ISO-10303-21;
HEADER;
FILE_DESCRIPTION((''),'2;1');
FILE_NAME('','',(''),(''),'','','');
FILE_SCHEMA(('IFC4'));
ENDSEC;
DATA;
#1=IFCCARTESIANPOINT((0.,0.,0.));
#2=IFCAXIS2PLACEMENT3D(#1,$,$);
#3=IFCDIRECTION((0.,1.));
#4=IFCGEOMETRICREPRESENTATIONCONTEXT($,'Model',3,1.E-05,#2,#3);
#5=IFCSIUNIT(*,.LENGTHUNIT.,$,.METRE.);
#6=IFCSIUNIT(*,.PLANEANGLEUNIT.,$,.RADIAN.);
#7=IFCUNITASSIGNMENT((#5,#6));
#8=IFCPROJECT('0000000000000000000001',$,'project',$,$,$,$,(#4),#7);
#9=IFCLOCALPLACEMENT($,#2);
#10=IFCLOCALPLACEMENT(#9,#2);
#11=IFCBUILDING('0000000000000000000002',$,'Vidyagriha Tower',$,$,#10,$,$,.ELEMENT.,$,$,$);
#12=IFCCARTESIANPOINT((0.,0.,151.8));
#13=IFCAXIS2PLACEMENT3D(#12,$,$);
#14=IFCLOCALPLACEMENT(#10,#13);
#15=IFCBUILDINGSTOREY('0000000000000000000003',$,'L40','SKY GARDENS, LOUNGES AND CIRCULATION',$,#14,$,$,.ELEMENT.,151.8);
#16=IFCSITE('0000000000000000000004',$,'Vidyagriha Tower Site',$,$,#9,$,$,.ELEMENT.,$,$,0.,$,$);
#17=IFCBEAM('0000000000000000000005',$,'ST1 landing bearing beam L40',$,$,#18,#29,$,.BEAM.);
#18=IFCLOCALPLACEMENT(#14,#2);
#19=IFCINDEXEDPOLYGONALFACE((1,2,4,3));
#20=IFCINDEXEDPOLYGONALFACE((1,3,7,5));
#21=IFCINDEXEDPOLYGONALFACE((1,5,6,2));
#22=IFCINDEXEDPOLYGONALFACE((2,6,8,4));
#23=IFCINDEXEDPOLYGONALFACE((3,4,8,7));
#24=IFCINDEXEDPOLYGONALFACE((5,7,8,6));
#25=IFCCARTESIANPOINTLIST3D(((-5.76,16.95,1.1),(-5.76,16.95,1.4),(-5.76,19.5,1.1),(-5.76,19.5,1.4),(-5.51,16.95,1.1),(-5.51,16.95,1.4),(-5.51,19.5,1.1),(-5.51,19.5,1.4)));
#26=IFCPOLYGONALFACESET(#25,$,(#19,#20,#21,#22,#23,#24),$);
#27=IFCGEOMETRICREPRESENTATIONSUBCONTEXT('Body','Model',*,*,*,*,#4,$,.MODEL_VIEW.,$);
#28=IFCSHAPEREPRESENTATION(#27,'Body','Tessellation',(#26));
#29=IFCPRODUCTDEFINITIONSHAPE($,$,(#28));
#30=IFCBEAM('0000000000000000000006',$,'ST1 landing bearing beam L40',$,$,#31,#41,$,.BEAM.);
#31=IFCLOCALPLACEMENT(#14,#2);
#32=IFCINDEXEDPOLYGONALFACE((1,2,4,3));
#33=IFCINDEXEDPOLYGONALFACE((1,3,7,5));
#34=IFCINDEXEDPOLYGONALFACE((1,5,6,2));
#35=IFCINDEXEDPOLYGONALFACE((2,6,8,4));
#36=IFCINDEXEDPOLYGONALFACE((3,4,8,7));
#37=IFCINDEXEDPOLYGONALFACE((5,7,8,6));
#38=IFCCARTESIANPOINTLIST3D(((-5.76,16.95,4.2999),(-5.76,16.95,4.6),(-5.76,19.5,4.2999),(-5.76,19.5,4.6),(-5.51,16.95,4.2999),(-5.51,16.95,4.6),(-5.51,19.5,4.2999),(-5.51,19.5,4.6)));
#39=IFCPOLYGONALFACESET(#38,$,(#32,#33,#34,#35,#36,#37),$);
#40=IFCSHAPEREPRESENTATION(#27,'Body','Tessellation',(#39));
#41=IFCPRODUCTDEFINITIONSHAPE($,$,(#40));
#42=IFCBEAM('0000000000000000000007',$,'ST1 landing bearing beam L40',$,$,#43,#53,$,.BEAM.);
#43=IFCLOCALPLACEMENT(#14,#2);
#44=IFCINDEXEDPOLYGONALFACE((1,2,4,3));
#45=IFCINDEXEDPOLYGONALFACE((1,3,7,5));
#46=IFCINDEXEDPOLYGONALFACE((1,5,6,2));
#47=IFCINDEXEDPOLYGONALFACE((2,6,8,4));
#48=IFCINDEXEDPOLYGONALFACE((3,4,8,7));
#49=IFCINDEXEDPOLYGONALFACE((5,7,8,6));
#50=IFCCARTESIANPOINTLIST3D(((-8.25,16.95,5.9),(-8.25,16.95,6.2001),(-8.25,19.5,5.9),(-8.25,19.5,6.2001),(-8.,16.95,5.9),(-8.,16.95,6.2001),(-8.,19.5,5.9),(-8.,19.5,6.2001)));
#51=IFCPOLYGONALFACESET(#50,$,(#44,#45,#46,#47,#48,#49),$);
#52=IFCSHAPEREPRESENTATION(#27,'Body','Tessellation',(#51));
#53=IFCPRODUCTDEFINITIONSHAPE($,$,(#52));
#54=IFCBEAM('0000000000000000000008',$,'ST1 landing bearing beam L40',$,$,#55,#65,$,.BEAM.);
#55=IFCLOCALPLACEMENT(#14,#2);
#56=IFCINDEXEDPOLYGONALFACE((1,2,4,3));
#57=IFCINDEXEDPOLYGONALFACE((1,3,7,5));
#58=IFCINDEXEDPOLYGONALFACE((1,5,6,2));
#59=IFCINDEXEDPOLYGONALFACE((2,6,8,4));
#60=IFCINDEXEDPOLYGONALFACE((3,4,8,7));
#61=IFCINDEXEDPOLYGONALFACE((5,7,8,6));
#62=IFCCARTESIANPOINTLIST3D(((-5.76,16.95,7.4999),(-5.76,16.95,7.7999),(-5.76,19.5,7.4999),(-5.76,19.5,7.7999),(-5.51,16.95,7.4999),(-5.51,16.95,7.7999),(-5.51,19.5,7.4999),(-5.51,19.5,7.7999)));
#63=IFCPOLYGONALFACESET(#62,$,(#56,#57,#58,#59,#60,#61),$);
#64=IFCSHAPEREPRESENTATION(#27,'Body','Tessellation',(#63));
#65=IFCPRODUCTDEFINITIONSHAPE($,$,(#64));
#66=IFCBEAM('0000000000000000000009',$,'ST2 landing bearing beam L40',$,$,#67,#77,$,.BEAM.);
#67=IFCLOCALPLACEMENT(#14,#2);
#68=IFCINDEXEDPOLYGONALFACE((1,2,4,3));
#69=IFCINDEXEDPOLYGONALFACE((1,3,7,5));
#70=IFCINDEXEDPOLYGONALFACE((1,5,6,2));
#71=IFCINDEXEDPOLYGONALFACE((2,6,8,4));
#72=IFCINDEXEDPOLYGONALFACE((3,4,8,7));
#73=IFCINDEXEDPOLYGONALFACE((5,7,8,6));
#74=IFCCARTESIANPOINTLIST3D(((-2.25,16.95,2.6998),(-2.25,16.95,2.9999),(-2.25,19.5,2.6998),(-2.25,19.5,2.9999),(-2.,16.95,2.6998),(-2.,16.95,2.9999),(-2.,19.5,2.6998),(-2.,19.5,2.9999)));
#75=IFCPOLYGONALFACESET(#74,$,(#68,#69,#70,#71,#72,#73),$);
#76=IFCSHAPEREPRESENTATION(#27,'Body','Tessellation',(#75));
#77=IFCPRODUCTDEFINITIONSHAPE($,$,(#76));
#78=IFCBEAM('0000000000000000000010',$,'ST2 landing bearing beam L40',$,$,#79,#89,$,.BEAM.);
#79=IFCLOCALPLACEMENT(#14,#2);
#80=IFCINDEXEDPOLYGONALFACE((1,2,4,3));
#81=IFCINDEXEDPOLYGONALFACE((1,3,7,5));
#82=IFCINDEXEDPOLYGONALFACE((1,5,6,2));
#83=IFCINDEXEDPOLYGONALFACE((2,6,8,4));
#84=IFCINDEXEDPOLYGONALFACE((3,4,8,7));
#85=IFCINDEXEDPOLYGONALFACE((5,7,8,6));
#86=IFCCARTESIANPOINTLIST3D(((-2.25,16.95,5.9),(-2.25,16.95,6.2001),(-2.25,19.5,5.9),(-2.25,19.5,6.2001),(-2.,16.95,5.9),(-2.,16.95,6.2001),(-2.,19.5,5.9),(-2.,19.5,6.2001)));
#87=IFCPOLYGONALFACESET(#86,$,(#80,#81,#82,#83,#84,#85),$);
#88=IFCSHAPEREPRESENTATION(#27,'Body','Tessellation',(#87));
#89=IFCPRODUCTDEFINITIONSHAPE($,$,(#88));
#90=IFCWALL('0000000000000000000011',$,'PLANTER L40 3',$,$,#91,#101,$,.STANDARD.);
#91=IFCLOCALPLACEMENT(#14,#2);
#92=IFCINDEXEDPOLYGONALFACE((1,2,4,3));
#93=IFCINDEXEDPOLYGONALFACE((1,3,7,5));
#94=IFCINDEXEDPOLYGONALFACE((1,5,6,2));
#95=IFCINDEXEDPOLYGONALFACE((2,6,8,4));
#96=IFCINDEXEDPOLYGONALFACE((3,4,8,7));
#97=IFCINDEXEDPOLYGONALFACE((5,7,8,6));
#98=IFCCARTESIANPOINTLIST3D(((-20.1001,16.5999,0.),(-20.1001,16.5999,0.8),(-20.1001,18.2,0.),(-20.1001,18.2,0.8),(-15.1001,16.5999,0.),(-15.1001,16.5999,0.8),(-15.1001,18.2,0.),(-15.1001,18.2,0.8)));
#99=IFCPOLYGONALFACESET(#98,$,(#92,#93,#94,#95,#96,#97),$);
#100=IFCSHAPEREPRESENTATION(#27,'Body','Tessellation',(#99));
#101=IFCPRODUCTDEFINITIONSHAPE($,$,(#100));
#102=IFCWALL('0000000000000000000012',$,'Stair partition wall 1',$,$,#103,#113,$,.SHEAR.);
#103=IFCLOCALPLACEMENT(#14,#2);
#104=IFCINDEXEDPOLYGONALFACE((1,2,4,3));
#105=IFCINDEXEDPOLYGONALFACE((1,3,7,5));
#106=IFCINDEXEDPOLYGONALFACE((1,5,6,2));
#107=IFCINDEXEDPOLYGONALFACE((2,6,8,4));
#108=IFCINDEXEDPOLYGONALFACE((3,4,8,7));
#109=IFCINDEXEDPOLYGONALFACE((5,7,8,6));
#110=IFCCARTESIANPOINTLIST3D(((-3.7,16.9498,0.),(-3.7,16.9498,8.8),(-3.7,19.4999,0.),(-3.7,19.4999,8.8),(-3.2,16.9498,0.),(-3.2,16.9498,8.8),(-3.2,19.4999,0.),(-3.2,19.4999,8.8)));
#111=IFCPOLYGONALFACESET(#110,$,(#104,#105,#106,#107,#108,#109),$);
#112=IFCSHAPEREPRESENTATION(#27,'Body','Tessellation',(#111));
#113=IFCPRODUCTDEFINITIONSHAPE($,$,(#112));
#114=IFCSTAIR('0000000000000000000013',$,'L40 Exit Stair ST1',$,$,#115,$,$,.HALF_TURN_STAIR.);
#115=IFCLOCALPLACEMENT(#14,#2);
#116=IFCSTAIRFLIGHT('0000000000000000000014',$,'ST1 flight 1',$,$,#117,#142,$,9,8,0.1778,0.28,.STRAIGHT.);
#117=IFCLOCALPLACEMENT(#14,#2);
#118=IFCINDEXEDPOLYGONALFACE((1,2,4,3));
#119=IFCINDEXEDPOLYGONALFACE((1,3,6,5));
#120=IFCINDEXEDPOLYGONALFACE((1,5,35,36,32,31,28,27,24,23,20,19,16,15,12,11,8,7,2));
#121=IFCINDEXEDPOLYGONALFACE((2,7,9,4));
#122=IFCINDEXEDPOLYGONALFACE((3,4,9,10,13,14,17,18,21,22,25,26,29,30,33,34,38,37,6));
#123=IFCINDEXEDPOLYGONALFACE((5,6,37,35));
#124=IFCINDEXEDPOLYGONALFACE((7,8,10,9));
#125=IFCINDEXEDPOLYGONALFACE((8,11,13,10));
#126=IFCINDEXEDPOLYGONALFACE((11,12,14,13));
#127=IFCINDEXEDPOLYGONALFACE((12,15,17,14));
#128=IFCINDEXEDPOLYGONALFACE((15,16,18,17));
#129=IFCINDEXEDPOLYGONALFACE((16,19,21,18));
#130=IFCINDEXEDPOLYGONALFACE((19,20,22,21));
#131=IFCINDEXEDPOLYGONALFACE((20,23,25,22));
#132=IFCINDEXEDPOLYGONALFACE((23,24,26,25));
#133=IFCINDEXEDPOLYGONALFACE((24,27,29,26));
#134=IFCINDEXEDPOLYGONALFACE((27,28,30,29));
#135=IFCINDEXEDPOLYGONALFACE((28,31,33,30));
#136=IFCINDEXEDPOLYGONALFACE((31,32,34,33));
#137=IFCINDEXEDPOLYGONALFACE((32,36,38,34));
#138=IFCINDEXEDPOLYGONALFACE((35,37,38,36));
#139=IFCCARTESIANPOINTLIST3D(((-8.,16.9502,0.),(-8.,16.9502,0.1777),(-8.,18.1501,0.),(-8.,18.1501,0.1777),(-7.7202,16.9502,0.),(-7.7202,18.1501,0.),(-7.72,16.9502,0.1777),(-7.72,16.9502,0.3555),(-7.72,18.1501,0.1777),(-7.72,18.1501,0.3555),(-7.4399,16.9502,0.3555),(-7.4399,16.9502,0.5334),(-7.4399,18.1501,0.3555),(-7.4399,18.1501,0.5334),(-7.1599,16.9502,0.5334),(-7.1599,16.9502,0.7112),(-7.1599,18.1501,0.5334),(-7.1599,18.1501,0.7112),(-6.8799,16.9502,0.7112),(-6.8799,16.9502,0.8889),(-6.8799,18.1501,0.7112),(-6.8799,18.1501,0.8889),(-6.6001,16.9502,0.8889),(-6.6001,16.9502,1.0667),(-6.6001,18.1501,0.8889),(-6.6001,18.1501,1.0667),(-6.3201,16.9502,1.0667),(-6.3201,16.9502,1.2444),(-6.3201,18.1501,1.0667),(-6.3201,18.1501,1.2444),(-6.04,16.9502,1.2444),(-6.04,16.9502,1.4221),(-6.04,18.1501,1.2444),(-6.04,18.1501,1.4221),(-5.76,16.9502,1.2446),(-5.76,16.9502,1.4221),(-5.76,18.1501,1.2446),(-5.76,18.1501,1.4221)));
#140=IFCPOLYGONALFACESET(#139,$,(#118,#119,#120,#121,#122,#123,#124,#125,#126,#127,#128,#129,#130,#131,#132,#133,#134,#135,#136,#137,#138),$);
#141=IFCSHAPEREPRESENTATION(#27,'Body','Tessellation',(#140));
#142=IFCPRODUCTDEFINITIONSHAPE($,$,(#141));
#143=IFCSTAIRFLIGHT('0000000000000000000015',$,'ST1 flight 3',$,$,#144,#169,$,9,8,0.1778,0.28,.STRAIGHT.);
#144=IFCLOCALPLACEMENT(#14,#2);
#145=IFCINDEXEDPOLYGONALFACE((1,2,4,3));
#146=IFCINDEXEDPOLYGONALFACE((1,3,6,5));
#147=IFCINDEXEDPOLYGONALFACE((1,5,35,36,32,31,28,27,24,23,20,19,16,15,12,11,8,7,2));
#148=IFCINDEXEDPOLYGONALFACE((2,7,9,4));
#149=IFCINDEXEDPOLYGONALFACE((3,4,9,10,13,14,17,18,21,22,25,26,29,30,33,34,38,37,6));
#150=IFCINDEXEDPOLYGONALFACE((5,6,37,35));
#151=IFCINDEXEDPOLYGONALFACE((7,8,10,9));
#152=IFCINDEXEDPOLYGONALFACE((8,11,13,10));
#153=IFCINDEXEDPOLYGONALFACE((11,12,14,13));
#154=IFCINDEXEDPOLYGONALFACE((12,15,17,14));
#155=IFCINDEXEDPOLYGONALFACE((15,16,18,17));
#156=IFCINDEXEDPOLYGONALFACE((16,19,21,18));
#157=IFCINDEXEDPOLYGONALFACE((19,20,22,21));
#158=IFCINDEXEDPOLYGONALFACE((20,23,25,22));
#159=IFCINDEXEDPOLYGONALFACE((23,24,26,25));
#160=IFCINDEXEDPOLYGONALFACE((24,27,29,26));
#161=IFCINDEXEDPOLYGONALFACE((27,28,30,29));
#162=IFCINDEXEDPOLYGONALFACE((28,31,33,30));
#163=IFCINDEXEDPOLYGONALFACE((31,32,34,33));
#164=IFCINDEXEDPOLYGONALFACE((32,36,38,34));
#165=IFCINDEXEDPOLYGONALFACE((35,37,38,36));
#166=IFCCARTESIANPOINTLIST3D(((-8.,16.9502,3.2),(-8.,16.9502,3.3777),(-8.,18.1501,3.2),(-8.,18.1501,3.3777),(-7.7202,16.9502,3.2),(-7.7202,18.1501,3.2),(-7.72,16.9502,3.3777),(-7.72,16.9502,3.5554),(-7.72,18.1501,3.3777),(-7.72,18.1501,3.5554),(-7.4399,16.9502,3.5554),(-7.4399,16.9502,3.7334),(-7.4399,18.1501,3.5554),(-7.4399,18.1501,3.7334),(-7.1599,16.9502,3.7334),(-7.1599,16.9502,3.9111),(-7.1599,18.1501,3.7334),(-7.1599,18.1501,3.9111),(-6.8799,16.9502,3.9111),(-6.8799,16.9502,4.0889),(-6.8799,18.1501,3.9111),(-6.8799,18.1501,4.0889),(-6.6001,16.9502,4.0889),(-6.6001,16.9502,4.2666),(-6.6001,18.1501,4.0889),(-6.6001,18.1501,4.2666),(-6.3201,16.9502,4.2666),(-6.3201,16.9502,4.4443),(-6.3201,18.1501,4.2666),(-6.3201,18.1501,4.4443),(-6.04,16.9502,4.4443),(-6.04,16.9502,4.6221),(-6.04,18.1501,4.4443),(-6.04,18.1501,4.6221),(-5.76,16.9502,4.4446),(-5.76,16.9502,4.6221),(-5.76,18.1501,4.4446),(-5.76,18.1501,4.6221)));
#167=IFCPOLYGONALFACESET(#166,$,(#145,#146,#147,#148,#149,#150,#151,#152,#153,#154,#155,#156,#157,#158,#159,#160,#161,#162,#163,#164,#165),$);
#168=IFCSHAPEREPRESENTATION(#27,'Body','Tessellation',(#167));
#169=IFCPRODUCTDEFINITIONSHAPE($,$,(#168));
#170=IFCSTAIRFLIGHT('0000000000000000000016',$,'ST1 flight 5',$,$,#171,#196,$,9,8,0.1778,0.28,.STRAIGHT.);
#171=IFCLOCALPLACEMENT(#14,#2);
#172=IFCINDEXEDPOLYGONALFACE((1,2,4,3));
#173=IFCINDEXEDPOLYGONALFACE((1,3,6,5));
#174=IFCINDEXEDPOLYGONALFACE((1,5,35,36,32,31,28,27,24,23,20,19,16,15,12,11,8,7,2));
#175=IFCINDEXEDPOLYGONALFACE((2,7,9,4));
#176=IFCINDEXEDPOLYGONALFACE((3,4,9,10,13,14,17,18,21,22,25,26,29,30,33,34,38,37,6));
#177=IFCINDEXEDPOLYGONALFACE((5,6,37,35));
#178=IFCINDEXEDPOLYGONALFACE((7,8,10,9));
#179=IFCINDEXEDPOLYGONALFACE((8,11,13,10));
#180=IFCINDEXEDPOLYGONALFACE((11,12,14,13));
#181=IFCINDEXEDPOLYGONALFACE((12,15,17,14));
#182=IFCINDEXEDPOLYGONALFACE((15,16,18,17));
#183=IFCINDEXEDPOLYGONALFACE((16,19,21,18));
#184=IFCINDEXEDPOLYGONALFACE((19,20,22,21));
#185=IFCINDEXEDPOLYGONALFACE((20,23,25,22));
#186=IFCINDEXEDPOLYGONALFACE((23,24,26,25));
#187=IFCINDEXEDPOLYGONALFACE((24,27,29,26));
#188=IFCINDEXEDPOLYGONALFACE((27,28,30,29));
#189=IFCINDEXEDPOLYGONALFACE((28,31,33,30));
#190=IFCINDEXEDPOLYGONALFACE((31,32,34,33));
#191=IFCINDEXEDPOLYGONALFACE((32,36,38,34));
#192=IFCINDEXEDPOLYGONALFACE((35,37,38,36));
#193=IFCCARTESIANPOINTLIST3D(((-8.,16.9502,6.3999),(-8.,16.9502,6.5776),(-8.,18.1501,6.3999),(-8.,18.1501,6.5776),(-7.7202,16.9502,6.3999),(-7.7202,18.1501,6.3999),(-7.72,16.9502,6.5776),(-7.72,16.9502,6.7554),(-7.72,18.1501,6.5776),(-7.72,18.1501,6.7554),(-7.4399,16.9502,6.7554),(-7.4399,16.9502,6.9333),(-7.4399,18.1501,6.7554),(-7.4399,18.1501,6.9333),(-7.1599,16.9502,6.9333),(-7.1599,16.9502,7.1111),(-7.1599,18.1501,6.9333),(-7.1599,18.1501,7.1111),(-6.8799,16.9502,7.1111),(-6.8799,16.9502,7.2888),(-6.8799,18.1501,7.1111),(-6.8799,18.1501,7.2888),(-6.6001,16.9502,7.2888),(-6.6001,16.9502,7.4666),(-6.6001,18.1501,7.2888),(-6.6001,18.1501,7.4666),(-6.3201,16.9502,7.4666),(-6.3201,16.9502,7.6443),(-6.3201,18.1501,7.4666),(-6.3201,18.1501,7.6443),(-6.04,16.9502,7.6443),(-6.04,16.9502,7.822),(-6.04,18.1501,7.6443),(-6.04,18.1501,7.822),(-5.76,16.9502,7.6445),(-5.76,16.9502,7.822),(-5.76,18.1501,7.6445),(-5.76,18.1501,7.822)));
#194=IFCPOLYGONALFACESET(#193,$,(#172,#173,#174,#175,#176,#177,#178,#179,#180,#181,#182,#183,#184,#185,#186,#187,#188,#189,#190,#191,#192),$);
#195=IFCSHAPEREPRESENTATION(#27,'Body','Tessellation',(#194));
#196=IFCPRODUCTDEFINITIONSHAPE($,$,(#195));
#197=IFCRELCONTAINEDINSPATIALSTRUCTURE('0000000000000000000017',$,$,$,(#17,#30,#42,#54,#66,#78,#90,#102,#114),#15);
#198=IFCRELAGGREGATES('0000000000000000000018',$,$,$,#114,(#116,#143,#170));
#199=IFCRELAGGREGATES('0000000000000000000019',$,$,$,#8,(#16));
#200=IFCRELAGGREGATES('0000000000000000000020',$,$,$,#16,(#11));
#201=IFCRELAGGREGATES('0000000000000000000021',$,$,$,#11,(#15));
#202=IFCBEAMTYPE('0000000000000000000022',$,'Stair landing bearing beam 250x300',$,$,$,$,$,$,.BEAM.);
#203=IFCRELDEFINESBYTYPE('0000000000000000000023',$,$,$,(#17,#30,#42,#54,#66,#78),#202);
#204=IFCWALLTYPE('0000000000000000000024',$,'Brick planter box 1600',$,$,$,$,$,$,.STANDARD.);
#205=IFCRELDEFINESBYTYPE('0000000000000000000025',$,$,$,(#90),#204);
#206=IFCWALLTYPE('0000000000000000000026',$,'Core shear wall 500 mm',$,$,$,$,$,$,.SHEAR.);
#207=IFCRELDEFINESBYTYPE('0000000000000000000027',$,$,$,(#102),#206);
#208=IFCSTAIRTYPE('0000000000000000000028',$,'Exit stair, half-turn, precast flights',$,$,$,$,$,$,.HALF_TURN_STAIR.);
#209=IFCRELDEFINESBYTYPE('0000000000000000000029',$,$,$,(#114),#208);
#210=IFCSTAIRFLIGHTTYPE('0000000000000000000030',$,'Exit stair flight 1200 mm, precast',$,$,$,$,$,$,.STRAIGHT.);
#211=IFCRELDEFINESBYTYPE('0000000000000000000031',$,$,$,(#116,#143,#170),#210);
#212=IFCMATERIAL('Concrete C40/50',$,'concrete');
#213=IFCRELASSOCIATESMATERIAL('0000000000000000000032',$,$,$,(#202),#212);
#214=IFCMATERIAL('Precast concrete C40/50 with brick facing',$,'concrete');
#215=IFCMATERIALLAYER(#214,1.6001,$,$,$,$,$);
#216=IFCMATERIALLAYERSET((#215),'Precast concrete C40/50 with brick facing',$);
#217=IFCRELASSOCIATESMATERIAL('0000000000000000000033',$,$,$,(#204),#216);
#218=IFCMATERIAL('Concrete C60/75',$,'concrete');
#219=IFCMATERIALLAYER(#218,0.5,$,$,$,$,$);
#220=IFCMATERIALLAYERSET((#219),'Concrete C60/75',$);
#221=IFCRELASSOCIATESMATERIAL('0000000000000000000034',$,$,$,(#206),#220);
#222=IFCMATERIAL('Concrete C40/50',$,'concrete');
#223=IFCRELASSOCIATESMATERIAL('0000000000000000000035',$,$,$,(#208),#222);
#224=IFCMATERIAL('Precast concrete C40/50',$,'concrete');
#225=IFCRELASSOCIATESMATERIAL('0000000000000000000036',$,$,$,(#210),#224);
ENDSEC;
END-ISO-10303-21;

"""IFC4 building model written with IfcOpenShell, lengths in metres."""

from ifc_helpers import new_model, si_unit, direction, frame, frame_2d, origin, origin_2d, place, context, subcontext, project, spatial, polyline, rectangle, outline, extrude, material, layer, layer_set, material_profile, profile_set, type_object, element, aggregate, save


model = new_model("IFC4")

# Units and contexts
model_context = context("Model", 3, precision=1e-05, world=origin(), true_north=direction((0.0, 1.0)))
body_context = subcontext(model_context, "Body", "Model", "MODEL_VIEW")
ifc_project = project(units=[si_unit("LENGTHUNIT", "METRE"), si_unit("PLANEANGLEUNIT", "RADIAN")], contexts=[model_context])

# Site, building, storey
site_placement = place(None, origin())
site = spatial("IfcSite", under=ifc_project, at=site_placement, Name="Vidyagriha Tower Site", CompositionType="ELEMENT", RefElevation=0.0)
building_placement = place(site_placement, origin())
building = spatial("IfcBuilding", under=site, at=building_placement, Name="Vidyagriha Tower", CompositionType="ELEMENT")
storey_placement = place(building_placement, frame((0.0, 0.0, 151.8)))
storey = spatial("IfcBuildingStorey", under=building, at=storey_placement, Name="L40", Description="SKY GARDENS, LOUNGES AND CIRCULATION", CompositionType="ELEMENT", Elevation=151.8)

# Beams
ifc_material_1 = material(Name="Concrete C40/50", Category="concrete")
ifc_material_profile = material_profile(ifc_material_1, rectangle(XDim=0.25, YDim=0.3, at=origin_2d()), Name="Stair landing bearing beam 250x300")
ifc_profile_set = profile_set([ifc_material_profile], Name="Concrete C40/50")
beam_type = type_object("IfcBeamType", Name="Stair landing bearing beam 250x300", PredefinedType="BEAM", material=ifc_profile_set)
for number, where, z_axis, x_axis, name in (
    (1, (-5.635, 16.95, 1.25), (0.0, 1.0, 0.0), (-1.0, 0.0, 0.0), "ST1 landing bearing beam L40"),
    (2, (-5.635, 16.95, 4.45), (0.0, 1.0, 0.0), (-1.0, 0.0, 0.0), "ST1 landing bearing beam L40"),
    (3, (-8.125, 16.95, 6.05), (0.0, 1.0, 0.0), (-1.0, 0.0, 0.0), "ST1 landing bearing beam L40"),
    (4, (-5.635, 16.95, 7.6499), (0.0, 1.0, 0.0), (-1.0, 0.0, 0.0), "ST1 landing bearing beam L40"),
    (5, (-2.125, 16.95, 2.8499), (0.0, 1.0, 0.0), (-1.0, 0.0, 0.0), "ST2 landing bearing beam L40"),
    (6, (-2.125, 16.95, 6.05), (0.0, 1.0, 0.0), (-1.0, 0.0, 0.0), "ST2 landing bearing beam L40"),
):
    element("IfcBeam", number, at=place(storey_placement, frame(where, z_axis=z_axis, x_axis=x_axis)), inside=storey, type_object=beam_type, Name=name, PredefinedType="BEAM", context=body_context, shape_type="SweptSolid", body=[
        extrude(rectangle(XDim=0.25, YDim=0.3, at=origin_2d()), origin(), (0.0, 0.0, 1.0), 2.55),
    ])

# Walls
ifc_material_2 = material(Name="Precast concrete C40/50 with brick facing", Category="concrete")
ifc_layer_1 = layer(ifc_material_2, 1.6001)
ifc_layer_set_1 = layer_set([ifc_layer_1], Name="Precast concrete C40/50 with brick facing")
wall_type_1 = type_object("IfcWallType", Name="Brick planter box 1600", PredefinedType="STANDARD", material=ifc_layer_set_1)
wall_1_placement = place(storey_placement, frame((-15.1001, 17.3999, 0.0), z_axis=(0.0, 0.0, 1.0), x_axis=(-1.0, 0.0, 0.0)))
element("IfcWall", 7, at=wall_1_placement, inside=storey, type_object=wall_type_1, Name="PLANTER L40 3", PredefinedType="STANDARD", context=body_context, shape_type="SweptSolid", body=[
    extrude(rectangle(XDim=5.0, YDim=1.6001, at=frame_2d((2.5, 0.0))), origin(), (0.0, 0.0, 1.0), 0.8),
])
ifc_material_3 = material(Name="Concrete C60/75", Category="concrete")
ifc_layer_2 = layer(ifc_material_3, 0.5)
ifc_layer_set_2 = layer_set([ifc_layer_2], Name="Concrete C60/75")
wall_type_2 = type_object("IfcWallType", Name="Core shear wall 500 mm", PredefinedType="SHEAR", material=ifc_layer_set_2)
wall_2_placement = place(storey_placement, frame((-3.45, 16.95, 0.0), z_axis=(0.0, 0.0, 1.0), x_axis=(0.0, 1.0, 0.0)))
element("IfcWall", 8, at=wall_2_placement, inside=storey, type_object=wall_type_2, Name="Stair partition wall 1", PredefinedType="SHEAR", context=body_context, shape_type="SweptSolid", body=[
    extrude(rectangle(XDim=2.55, YDim=0.5, at=frame_2d((1.2749, 0.0))), origin(), (0.0, 0.0, 1.0), 8.8),
])

# Stair, stair flights
ifc_material_4 = material(Name="Concrete C40/50", Category="concrete")
stair_type = type_object("IfcStairType", Name="Exit stair, half-turn, precast flights", PredefinedType="HALF_TURN_STAIR", material=ifc_material_4)
stair_placement = place(storey_placement, origin())
stair = element("IfcStair", 9, at=stair_placement, inside=storey, type_object=stair_type, Name="L40 Exit Stair ST1", PredefinedType="HALF_TURN_STAIR")
ifc_material_5 = material(Name="Precast concrete C40/50", Category="concrete")
stair_flight_type = type_object("IfcStairFlightType", Name="Exit stair flight 1200 mm, precast", PredefinedType="STRAIGHT", material=ifc_material_5)
stair_flight_1_placement = place(storey_placement, frame((-8.0, 17.55, 0.0)))
stair_flight_1 = element("IfcStairFlight", 10, at=stair_flight_1_placement, type_object=stair_flight_type, Name="ST1 flight 1", NumberOfRisers=9, NumberOfTreads=8, PredefinedType="STRAIGHT", RiserHeight=0.1778, TreadLength=0.28, context=body_context, shape_type="SweptSolid", body=[
    extrude(outline(polyline([(0.0, 0.0), (0.0, 0.1777), (0.28, 0.1777), (0.28, 0.3555), (0.5601, 0.3555), (0.5601, 0.5334), (0.8401, 0.5334), (0.8401, 0.7112), (1.1201, 0.7112), (1.1201, 0.8889), (1.3999, 0.8889), (1.3999, 1.0667), (1.6799, 1.0667), (1.6799, 1.2444), (1.96, 1.2444), (1.96, 1.4221), (2.24, 1.4221), (2.24, 1.6001), (2.24, 1.2446), (0.2798, 0.0), (0.0, 0.0)])), frame((0.0, 0.6001, 0.0), z_axis=(0.0, -1.0, 0.0), x_axis=(1.0, 0.0, 0.0)), (0.0, 0.0, 1.0), 1.2),
])
stair_flight_2_placement = place(storey_placement, frame((-8.0, 17.55, 3.2)))
stair_flight_2 = element("IfcStairFlight", 11, at=stair_flight_2_placement, type_object=stair_flight_type, Name="ST1 flight 3", NumberOfRisers=9, NumberOfTreads=8, PredefinedType="STRAIGHT", RiserHeight=0.1778, TreadLength=0.28, context=body_context, shape_type="SweptSolid", body=[
    extrude(outline(polyline([(0.0, 0.0), (0.0, 0.1777), (0.28, 0.1777), (0.28, 0.3555), (0.5601, 0.3555), (0.5601, 0.5334), (0.8401, 0.5334), (0.8401, 0.7112), (1.1201, 0.7112), (1.1201, 0.8889), (1.3999, 0.8889), (1.3999, 1.0667), (1.6799, 1.0667), (1.6799, 1.2444), (1.96, 1.2444), (1.96, 1.4221), (2.24, 1.4221), (2.24, 1.6001), (2.24, 1.2446), (0.2798, 0.0), (0.0, 0.0)])), frame((0.0, 0.6001, 0.0), z_axis=(0.0, -1.0, 0.0), x_axis=(1.0, 0.0, 0.0)), (0.0, 0.0, 1.0), 1.2),
])
stair_flight_3_placement = place(storey_placement, frame((-8.0, 17.55, 6.3999)))
stair_flight_3 = element("IfcStairFlight", 12, at=stair_flight_3_placement, type_object=stair_flight_type, Name="ST1 flight 5", NumberOfRisers=9, NumberOfTreads=8, PredefinedType="STRAIGHT", RiserHeight=0.1778, TreadLength=0.28, context=body_context, shape_type="SweptSolid", body=[
    extrude(outline(polyline([(0.0, 0.0), (0.0, 0.1777), (0.28, 0.1777), (0.28, 0.3555), (0.5601, 0.3555), (0.5601, 0.5334), (0.8401, 0.5334), (0.8401, 0.7112), (1.1201, 0.7112), (1.1201, 0.8889), (1.3999, 0.8889), (1.3999, 1.0667), (1.6799, 1.0667), (1.6799, 1.2444), (1.96, 1.2444), (1.96, 1.4221), (2.24, 1.4221), (2.24, 1.6001), (2.24, 1.2446), (0.2798, 0.0), (0.0, 0.0)])), frame((0.0, 0.6001, 0.0), z_axis=(0.0, -1.0, 0.0), x_axis=(1.0, 0.0, 0.0)), (0.0, 0.0, 1.0), 1.2),
])
aggregate(stair, [stair_flight_1, stair_flight_2, stair_flight_3])

save(model, "model.ifc")
